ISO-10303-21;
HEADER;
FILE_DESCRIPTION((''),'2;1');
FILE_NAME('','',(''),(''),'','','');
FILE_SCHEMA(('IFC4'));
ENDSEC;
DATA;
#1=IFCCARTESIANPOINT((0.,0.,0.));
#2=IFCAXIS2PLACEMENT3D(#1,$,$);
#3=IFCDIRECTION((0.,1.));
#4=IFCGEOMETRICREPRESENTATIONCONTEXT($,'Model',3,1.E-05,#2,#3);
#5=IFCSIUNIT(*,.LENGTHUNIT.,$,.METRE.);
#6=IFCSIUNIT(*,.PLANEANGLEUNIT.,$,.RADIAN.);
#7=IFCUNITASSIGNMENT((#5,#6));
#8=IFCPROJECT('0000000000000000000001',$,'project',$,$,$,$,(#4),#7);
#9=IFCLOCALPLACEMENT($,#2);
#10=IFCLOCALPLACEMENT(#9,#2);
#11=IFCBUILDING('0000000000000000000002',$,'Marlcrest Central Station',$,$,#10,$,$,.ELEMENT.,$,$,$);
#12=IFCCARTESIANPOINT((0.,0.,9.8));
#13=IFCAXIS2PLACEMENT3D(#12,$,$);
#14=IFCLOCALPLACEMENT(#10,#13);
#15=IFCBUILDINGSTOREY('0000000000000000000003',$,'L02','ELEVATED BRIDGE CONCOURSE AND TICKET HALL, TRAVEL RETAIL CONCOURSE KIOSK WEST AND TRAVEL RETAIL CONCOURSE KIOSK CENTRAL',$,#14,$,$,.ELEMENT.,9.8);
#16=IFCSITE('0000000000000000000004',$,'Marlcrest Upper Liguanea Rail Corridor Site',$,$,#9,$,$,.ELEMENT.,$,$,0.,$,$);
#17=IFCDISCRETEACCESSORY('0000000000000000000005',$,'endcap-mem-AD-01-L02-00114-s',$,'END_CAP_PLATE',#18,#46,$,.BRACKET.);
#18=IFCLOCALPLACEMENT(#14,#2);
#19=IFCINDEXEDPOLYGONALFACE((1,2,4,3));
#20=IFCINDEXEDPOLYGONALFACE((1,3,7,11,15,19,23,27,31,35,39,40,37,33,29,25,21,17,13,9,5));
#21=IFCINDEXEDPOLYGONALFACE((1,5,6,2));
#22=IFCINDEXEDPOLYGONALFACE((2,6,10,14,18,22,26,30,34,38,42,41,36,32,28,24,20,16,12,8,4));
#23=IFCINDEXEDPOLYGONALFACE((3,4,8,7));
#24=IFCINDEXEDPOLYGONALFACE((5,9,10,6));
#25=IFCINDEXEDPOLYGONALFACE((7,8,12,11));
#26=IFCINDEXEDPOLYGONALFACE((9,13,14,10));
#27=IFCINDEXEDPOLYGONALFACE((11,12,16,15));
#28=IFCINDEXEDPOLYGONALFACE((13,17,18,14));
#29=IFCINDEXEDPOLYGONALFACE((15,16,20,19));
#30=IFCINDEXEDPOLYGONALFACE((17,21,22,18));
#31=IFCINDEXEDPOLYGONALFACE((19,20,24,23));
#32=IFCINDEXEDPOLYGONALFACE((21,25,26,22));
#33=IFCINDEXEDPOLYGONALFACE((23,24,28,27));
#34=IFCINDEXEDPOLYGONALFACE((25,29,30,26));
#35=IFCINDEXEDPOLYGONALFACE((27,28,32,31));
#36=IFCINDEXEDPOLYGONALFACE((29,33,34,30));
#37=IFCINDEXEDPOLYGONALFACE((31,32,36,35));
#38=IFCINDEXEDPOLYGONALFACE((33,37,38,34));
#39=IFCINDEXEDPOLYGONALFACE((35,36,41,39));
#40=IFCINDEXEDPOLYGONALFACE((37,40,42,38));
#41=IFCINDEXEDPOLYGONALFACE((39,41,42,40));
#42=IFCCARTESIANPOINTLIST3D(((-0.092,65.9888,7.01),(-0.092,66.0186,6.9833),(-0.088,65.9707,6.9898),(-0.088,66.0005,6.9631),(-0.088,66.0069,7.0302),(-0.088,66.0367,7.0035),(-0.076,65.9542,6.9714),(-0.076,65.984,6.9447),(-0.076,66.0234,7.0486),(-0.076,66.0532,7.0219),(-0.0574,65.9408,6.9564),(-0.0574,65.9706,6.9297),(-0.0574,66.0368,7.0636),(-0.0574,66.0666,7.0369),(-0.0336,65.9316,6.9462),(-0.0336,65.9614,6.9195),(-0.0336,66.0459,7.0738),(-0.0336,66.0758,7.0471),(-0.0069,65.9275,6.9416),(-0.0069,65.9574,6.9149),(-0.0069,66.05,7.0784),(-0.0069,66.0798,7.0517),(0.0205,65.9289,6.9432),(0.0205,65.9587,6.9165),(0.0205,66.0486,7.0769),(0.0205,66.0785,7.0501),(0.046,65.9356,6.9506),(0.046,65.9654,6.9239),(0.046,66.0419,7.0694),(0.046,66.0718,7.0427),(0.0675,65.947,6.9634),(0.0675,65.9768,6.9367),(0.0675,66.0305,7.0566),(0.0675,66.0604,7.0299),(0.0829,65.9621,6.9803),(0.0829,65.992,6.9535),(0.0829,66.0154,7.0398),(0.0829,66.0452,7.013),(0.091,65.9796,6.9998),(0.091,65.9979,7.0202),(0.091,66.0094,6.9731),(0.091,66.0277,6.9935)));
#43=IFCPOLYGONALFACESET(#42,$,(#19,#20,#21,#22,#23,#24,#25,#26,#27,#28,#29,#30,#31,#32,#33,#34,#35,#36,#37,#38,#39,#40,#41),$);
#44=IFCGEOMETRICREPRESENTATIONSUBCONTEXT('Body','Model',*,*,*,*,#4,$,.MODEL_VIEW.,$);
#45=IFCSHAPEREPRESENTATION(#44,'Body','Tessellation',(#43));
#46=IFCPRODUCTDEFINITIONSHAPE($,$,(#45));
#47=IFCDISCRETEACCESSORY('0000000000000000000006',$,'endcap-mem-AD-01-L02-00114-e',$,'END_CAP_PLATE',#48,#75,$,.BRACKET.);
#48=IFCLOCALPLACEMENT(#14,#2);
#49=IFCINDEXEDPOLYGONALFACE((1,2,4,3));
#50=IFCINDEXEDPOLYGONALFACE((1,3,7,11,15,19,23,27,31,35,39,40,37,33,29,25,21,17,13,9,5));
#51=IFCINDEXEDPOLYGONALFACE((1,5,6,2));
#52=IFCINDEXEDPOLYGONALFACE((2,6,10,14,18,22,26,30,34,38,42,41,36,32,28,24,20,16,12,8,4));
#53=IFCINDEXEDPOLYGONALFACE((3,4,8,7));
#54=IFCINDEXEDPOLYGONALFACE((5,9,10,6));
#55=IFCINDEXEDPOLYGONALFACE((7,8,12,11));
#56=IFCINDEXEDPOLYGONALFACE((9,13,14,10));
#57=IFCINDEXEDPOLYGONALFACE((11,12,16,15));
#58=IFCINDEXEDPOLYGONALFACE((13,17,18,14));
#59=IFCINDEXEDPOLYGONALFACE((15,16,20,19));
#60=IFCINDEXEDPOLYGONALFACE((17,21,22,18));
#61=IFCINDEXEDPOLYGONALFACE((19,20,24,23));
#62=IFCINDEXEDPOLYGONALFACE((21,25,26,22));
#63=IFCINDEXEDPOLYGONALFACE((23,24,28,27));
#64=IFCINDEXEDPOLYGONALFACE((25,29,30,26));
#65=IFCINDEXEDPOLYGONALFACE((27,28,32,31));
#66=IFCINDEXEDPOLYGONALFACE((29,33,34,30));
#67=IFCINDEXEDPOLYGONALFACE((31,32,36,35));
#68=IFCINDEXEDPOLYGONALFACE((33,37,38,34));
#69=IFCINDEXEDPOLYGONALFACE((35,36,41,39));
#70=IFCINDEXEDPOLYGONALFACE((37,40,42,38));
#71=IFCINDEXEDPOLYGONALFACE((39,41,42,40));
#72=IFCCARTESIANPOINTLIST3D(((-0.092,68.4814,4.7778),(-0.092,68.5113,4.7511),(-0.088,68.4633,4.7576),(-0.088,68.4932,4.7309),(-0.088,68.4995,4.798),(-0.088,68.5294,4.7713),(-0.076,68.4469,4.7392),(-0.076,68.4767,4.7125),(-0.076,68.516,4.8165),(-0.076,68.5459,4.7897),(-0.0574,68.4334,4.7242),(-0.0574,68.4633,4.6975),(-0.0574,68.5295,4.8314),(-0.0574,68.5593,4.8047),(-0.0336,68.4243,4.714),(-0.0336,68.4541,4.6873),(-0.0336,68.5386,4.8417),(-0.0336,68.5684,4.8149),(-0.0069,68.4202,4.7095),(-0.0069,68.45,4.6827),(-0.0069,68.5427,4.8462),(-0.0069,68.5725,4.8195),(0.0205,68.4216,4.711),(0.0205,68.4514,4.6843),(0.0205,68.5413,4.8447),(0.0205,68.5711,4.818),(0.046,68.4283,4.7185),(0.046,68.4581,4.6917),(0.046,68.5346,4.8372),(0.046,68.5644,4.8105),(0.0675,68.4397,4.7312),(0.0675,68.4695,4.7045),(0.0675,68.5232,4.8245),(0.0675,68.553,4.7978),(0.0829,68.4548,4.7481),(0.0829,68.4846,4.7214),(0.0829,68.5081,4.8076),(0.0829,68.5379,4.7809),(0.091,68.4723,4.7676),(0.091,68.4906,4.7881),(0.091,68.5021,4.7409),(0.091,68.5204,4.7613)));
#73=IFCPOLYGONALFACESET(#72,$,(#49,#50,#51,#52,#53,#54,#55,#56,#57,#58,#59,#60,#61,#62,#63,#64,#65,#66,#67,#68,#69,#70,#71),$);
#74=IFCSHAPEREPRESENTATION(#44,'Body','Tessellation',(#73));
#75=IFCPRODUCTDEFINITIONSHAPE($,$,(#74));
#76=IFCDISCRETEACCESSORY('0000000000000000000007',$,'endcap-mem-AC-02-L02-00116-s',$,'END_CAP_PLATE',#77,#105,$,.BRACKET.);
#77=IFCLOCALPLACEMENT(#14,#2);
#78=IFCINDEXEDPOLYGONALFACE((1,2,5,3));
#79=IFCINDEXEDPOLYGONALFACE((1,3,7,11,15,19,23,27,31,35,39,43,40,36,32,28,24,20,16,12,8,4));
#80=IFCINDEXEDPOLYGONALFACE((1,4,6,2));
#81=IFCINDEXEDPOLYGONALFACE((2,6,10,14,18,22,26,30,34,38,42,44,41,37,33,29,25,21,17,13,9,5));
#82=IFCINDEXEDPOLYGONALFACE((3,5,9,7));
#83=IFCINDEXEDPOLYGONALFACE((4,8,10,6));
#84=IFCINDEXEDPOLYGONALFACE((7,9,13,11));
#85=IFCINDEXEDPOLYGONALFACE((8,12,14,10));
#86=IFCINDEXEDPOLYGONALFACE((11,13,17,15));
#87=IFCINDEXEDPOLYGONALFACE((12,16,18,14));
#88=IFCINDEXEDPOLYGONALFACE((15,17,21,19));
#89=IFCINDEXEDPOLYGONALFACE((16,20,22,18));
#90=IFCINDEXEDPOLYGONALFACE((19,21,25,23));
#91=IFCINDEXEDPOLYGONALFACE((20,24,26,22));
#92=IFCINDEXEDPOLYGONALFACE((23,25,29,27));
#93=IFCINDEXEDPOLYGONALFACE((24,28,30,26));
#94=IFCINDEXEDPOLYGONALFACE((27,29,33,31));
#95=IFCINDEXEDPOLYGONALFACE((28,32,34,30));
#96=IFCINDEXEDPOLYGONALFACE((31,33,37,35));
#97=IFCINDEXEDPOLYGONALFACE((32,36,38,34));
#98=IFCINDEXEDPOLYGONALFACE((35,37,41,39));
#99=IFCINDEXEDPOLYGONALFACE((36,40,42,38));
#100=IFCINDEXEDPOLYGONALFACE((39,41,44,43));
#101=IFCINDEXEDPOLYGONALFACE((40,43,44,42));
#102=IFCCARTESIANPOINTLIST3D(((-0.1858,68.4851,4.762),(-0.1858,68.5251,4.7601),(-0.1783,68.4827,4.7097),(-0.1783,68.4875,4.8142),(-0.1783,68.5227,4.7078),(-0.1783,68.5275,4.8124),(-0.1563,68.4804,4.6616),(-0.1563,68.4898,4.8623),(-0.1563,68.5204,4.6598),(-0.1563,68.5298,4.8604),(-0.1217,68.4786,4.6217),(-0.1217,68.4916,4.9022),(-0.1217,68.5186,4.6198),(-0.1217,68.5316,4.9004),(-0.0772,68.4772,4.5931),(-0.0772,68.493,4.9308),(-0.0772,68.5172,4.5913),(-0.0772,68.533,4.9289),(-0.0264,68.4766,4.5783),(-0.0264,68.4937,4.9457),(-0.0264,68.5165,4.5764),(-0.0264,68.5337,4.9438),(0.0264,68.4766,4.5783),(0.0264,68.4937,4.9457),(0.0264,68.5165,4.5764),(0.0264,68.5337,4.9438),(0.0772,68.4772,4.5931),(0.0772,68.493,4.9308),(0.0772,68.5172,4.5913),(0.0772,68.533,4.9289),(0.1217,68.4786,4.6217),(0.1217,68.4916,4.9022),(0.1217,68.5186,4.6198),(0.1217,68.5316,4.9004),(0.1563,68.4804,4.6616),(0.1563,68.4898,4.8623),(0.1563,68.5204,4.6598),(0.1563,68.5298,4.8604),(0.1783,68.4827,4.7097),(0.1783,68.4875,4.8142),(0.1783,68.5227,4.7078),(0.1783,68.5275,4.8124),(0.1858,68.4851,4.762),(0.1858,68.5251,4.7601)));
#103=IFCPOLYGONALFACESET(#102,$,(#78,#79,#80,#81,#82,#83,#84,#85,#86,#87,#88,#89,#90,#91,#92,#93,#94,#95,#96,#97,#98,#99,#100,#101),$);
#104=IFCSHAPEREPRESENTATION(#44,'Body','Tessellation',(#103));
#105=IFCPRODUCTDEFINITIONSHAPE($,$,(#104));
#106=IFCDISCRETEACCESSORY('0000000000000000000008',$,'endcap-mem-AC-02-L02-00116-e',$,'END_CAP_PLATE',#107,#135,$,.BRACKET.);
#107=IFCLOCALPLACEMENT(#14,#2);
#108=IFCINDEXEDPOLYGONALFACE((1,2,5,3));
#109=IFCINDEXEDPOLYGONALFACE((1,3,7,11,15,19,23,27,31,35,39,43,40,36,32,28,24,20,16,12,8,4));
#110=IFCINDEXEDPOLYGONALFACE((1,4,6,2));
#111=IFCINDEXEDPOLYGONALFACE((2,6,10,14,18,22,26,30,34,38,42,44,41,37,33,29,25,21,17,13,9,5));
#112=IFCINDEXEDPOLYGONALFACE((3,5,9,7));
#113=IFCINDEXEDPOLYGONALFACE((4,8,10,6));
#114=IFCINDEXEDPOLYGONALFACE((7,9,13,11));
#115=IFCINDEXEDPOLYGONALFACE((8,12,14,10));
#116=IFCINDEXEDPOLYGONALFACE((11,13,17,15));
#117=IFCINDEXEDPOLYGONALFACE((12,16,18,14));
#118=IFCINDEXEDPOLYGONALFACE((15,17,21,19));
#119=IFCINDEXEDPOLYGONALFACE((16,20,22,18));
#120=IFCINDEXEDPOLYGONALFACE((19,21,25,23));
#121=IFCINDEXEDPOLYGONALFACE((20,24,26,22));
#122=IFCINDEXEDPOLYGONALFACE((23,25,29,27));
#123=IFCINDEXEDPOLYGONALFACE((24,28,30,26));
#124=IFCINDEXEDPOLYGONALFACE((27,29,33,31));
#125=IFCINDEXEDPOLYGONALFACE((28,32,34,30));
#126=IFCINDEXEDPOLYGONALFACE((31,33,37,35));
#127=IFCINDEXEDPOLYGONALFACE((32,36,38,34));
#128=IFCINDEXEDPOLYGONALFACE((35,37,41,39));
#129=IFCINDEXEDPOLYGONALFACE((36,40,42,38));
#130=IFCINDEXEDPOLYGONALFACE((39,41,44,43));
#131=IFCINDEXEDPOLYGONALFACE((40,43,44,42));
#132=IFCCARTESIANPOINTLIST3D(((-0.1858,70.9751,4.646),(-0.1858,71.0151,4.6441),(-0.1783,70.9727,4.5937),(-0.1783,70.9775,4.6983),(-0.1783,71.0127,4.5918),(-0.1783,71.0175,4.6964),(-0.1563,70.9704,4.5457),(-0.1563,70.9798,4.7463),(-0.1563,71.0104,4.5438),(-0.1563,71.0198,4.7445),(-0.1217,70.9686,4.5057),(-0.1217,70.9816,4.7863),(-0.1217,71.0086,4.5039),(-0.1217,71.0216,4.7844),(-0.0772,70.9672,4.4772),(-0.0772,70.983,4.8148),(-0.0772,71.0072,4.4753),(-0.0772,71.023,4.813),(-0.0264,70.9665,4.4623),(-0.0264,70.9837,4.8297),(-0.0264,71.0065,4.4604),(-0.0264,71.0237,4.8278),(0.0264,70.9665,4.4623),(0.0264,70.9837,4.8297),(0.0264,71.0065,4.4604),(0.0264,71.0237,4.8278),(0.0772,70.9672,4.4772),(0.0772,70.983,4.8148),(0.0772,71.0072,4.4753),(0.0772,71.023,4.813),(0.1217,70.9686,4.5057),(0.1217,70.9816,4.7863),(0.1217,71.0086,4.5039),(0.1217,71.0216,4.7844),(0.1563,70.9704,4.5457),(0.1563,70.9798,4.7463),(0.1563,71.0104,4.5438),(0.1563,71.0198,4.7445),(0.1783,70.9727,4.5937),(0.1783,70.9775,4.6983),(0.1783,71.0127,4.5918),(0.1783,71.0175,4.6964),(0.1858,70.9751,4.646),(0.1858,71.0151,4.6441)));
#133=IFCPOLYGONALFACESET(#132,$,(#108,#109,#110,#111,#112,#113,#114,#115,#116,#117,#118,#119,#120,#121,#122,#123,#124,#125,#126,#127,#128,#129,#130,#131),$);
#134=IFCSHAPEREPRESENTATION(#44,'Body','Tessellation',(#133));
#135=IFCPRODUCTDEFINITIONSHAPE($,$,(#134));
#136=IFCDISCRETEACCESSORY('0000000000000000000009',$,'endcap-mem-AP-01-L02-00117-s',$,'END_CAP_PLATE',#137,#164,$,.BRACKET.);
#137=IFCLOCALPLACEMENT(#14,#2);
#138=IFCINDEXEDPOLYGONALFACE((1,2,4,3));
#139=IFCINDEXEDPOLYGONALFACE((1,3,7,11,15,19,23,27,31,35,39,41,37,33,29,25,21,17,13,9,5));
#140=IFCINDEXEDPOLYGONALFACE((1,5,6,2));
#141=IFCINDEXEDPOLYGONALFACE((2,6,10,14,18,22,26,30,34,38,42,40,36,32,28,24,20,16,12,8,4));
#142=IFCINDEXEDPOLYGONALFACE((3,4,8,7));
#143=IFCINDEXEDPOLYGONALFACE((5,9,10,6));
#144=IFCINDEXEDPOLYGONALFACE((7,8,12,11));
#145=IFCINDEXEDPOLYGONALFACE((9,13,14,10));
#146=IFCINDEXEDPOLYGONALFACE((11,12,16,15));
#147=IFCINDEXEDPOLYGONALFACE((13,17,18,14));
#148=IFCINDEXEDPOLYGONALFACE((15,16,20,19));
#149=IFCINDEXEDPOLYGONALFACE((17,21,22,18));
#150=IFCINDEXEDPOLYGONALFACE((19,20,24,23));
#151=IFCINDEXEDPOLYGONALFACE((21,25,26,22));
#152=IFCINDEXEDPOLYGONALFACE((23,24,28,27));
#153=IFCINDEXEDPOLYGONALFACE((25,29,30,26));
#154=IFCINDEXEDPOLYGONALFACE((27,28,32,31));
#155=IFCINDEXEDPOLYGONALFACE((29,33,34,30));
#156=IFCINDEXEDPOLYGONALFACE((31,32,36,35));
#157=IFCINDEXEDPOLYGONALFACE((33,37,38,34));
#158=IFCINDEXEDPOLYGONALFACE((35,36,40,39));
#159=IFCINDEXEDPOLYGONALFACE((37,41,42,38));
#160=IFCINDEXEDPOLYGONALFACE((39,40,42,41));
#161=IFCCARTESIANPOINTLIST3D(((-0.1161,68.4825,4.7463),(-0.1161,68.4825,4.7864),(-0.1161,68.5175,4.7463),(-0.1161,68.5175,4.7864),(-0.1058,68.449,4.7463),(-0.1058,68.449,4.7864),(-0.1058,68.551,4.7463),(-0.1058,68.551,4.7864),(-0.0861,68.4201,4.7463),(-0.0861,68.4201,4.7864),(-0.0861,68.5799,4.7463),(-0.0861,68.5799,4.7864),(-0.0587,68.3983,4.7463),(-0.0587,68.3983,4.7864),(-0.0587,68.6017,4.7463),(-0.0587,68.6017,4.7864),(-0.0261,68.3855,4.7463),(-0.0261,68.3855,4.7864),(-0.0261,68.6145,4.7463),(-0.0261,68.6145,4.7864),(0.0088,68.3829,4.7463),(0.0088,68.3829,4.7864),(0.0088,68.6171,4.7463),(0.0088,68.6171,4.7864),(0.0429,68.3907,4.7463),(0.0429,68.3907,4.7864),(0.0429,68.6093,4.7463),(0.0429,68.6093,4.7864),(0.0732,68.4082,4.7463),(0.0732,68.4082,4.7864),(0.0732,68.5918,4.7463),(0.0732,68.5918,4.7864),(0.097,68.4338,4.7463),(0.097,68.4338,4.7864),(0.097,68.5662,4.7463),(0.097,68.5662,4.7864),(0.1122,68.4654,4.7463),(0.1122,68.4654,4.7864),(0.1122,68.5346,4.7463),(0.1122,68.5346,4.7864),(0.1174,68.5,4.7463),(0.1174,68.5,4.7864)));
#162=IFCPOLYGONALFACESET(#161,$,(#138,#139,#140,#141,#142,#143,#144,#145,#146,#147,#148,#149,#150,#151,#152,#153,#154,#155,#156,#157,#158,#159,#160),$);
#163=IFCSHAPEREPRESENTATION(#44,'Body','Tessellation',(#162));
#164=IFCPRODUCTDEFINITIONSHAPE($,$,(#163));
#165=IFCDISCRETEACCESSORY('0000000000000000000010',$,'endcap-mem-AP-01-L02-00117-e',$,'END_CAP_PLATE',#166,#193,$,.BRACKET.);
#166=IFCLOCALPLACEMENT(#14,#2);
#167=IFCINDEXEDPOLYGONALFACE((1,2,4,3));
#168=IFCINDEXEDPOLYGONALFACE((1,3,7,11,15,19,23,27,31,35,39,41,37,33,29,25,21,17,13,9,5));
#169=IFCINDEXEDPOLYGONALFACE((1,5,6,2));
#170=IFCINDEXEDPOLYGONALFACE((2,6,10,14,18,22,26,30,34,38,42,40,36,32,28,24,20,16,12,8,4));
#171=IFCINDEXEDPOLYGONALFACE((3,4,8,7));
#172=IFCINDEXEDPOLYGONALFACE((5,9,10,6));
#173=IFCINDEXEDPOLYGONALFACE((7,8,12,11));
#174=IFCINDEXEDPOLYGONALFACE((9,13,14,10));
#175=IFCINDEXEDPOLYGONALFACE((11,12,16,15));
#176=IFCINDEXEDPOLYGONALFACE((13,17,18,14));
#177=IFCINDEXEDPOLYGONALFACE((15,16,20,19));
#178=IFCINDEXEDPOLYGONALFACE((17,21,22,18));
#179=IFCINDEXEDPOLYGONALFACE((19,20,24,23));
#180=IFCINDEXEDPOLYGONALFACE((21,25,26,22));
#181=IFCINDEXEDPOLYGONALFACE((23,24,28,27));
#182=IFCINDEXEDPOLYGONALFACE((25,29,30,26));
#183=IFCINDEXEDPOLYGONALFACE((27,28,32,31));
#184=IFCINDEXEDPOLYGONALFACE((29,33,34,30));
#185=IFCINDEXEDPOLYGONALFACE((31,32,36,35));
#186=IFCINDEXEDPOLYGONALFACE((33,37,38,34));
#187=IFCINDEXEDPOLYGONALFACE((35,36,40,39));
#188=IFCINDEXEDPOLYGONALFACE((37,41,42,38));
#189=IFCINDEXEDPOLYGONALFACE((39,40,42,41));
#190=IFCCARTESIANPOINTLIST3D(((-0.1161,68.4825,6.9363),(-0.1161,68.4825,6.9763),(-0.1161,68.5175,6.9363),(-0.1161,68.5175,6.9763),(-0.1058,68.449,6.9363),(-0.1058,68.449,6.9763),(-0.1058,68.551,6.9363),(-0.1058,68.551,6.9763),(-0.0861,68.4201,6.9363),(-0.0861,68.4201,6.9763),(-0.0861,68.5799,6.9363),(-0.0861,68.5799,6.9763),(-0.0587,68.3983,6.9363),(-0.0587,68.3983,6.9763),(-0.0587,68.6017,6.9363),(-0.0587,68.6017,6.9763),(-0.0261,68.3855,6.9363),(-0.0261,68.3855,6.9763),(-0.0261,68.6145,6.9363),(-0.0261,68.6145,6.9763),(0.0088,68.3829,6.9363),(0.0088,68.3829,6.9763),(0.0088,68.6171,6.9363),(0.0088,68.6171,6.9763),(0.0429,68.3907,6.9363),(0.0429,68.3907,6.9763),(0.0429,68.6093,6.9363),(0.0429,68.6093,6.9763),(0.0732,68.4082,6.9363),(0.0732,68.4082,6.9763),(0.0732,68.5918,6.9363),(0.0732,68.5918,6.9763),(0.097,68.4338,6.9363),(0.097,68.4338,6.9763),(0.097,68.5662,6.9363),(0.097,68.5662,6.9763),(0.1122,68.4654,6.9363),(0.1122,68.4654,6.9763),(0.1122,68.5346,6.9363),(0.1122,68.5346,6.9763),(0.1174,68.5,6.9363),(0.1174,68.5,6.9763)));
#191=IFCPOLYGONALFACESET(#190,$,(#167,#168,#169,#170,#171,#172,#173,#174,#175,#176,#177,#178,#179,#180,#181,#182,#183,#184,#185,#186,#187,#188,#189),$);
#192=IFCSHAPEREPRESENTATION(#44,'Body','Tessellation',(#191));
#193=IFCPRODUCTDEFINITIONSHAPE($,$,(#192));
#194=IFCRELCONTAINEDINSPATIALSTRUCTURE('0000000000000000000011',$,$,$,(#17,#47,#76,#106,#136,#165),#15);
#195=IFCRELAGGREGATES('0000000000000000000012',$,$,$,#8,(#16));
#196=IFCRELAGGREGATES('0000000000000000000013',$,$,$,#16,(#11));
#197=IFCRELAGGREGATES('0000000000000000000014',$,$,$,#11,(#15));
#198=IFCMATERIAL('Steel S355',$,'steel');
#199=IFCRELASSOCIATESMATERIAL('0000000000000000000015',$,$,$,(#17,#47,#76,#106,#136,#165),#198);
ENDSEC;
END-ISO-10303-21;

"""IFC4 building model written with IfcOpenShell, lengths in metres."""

from ifc_helpers import new_model, si_unit, direction, frame, origin, origin_2d, place, context, subcontext, project, spatial, circle, extrude, material, element, save


model = new_model("IFC4")

# Units and contexts
model_context = context("Model", 3, precision=1e-05, world=origin(), true_north=direction((0.0, 1.0)))
body_context = subcontext(model_context, "Body", "Model", "MODEL_VIEW")
ifc_project = project(units=[si_unit("LENGTHUNIT", "METRE"), si_unit("PLANEANGLEUNIT", "RADIAN")], contexts=[model_context])

# Site, building, storey
site_placement = place(None, origin())
site = spatial("IfcSite", under=ifc_project, at=site_placement, Name="Marlcrest Upper Liguanea Rail Corridor Site", CompositionType="ELEMENT", RefElevation=0.0)
building_placement = place(site_placement, origin())
building = spatial("IfcBuilding", under=site, at=building_placement, Name="Marlcrest Central Station", CompositionType="ELEMENT")
storey_placement = place(building_placement, frame((0.0, 0.0, 9.8)))
storey = spatial("IfcBuildingStorey", under=building, at=storey_placement, Name="L02", Description="ELEVATED BRIDGE CONCOURSE AND TICKET HALL, TRAVEL RETAIL CONCOURSE KIOSK WEST AND TRAVEL RETAIL CONCOURSE KIOSK CENTRAL", CompositionType="ELEMENT", Elevation=9.8)

# Shared definitions
ifc_material = material(Name="Steel S355", Category="steel")

# Discrete accessories
for number, where, z_axis, x_axis, name in (
    (1, (0.0, 65.9888, 7.01), (0.0, 0.744956, -0.667114), (-1.0, 0.0, 0.0), "endcap-mem-AD-01-L02-00114-s"),
    (2, (0.0, 68.4814, 4.7778), (0.0, 0.744956, -0.667114), (-1.0, 0.0, 0.0), "endcap-mem-AD-01-L02-00114-e"),
):
    element("IfcDiscreteAccessory", number, at=place(storey_placement, frame(where, z_axis=z_axis, x_axis=x_axis)), inside=storey, material=ifc_material, Name=name, ObjectType="END_CAP_PLATE", PredefinedType="BRACKET", context=body_context, shape_type="SweptSolid", body=[
        extrude(circle(Radius=0.092, at=origin_2d()), origin(), (0.0, 0.0, 1.0), 0.04),
    ])
for number, where, z_axis, x_axis, name in (
    (3, (0.0, 68.4851, 4.762), (0.0, 0.998917, -0.046532), (-1.0, 0.0, 0.0), "endcap-mem-AC-02-L02-00116-s"),
    (4, (0.0, 70.9751, 4.646), (0.0, 0.998917, -0.046532), (-1.0, 0.0, 0.0), "endcap-mem-AC-02-L02-00116-e"),
):
    element("IfcDiscreteAccessory", number, at=place(storey_placement, frame(where, z_axis=z_axis, x_axis=x_axis)), inside=storey, material=ifc_material, Name=name, ObjectType="END_CAP_PLATE", PredefinedType="BRACKET", context=body_context, shape_type="SweptSolid", body=[
        extrude(circle(Radius=0.1858, at=origin_2d()), origin(), (0.0, 0.0, 1.0), 0.04),
    ])
for number, where, z_axis, x_axis, name in (
    (5, (0.0, 68.5, 4.7463), (0.0, 0.0, 1.0), (1.0, 0.0, 0.0), "endcap-mem-AP-01-L02-00117-s"),
    (6, (0.0, 68.5, 6.9363), (0.0, 0.0, 1.0), (1.0, 0.0, 0.0), "endcap-mem-AP-01-L02-00117-e"),
):
    element("IfcDiscreteAccessory", number, at=place(storey_placement, frame(where, z_axis=z_axis, x_axis=x_axis)), inside=storey, material=ifc_material, Name=name, ObjectType="END_CAP_PLATE", PredefinedType="BRACKET", context=body_context, shape_type="SweptSolid", body=[
        extrude(circle(Radius=0.1174, at=origin_2d()), origin(), (0.0, 0.0, 1.0), 0.04),
    ])

save(model, "model.ifc")
